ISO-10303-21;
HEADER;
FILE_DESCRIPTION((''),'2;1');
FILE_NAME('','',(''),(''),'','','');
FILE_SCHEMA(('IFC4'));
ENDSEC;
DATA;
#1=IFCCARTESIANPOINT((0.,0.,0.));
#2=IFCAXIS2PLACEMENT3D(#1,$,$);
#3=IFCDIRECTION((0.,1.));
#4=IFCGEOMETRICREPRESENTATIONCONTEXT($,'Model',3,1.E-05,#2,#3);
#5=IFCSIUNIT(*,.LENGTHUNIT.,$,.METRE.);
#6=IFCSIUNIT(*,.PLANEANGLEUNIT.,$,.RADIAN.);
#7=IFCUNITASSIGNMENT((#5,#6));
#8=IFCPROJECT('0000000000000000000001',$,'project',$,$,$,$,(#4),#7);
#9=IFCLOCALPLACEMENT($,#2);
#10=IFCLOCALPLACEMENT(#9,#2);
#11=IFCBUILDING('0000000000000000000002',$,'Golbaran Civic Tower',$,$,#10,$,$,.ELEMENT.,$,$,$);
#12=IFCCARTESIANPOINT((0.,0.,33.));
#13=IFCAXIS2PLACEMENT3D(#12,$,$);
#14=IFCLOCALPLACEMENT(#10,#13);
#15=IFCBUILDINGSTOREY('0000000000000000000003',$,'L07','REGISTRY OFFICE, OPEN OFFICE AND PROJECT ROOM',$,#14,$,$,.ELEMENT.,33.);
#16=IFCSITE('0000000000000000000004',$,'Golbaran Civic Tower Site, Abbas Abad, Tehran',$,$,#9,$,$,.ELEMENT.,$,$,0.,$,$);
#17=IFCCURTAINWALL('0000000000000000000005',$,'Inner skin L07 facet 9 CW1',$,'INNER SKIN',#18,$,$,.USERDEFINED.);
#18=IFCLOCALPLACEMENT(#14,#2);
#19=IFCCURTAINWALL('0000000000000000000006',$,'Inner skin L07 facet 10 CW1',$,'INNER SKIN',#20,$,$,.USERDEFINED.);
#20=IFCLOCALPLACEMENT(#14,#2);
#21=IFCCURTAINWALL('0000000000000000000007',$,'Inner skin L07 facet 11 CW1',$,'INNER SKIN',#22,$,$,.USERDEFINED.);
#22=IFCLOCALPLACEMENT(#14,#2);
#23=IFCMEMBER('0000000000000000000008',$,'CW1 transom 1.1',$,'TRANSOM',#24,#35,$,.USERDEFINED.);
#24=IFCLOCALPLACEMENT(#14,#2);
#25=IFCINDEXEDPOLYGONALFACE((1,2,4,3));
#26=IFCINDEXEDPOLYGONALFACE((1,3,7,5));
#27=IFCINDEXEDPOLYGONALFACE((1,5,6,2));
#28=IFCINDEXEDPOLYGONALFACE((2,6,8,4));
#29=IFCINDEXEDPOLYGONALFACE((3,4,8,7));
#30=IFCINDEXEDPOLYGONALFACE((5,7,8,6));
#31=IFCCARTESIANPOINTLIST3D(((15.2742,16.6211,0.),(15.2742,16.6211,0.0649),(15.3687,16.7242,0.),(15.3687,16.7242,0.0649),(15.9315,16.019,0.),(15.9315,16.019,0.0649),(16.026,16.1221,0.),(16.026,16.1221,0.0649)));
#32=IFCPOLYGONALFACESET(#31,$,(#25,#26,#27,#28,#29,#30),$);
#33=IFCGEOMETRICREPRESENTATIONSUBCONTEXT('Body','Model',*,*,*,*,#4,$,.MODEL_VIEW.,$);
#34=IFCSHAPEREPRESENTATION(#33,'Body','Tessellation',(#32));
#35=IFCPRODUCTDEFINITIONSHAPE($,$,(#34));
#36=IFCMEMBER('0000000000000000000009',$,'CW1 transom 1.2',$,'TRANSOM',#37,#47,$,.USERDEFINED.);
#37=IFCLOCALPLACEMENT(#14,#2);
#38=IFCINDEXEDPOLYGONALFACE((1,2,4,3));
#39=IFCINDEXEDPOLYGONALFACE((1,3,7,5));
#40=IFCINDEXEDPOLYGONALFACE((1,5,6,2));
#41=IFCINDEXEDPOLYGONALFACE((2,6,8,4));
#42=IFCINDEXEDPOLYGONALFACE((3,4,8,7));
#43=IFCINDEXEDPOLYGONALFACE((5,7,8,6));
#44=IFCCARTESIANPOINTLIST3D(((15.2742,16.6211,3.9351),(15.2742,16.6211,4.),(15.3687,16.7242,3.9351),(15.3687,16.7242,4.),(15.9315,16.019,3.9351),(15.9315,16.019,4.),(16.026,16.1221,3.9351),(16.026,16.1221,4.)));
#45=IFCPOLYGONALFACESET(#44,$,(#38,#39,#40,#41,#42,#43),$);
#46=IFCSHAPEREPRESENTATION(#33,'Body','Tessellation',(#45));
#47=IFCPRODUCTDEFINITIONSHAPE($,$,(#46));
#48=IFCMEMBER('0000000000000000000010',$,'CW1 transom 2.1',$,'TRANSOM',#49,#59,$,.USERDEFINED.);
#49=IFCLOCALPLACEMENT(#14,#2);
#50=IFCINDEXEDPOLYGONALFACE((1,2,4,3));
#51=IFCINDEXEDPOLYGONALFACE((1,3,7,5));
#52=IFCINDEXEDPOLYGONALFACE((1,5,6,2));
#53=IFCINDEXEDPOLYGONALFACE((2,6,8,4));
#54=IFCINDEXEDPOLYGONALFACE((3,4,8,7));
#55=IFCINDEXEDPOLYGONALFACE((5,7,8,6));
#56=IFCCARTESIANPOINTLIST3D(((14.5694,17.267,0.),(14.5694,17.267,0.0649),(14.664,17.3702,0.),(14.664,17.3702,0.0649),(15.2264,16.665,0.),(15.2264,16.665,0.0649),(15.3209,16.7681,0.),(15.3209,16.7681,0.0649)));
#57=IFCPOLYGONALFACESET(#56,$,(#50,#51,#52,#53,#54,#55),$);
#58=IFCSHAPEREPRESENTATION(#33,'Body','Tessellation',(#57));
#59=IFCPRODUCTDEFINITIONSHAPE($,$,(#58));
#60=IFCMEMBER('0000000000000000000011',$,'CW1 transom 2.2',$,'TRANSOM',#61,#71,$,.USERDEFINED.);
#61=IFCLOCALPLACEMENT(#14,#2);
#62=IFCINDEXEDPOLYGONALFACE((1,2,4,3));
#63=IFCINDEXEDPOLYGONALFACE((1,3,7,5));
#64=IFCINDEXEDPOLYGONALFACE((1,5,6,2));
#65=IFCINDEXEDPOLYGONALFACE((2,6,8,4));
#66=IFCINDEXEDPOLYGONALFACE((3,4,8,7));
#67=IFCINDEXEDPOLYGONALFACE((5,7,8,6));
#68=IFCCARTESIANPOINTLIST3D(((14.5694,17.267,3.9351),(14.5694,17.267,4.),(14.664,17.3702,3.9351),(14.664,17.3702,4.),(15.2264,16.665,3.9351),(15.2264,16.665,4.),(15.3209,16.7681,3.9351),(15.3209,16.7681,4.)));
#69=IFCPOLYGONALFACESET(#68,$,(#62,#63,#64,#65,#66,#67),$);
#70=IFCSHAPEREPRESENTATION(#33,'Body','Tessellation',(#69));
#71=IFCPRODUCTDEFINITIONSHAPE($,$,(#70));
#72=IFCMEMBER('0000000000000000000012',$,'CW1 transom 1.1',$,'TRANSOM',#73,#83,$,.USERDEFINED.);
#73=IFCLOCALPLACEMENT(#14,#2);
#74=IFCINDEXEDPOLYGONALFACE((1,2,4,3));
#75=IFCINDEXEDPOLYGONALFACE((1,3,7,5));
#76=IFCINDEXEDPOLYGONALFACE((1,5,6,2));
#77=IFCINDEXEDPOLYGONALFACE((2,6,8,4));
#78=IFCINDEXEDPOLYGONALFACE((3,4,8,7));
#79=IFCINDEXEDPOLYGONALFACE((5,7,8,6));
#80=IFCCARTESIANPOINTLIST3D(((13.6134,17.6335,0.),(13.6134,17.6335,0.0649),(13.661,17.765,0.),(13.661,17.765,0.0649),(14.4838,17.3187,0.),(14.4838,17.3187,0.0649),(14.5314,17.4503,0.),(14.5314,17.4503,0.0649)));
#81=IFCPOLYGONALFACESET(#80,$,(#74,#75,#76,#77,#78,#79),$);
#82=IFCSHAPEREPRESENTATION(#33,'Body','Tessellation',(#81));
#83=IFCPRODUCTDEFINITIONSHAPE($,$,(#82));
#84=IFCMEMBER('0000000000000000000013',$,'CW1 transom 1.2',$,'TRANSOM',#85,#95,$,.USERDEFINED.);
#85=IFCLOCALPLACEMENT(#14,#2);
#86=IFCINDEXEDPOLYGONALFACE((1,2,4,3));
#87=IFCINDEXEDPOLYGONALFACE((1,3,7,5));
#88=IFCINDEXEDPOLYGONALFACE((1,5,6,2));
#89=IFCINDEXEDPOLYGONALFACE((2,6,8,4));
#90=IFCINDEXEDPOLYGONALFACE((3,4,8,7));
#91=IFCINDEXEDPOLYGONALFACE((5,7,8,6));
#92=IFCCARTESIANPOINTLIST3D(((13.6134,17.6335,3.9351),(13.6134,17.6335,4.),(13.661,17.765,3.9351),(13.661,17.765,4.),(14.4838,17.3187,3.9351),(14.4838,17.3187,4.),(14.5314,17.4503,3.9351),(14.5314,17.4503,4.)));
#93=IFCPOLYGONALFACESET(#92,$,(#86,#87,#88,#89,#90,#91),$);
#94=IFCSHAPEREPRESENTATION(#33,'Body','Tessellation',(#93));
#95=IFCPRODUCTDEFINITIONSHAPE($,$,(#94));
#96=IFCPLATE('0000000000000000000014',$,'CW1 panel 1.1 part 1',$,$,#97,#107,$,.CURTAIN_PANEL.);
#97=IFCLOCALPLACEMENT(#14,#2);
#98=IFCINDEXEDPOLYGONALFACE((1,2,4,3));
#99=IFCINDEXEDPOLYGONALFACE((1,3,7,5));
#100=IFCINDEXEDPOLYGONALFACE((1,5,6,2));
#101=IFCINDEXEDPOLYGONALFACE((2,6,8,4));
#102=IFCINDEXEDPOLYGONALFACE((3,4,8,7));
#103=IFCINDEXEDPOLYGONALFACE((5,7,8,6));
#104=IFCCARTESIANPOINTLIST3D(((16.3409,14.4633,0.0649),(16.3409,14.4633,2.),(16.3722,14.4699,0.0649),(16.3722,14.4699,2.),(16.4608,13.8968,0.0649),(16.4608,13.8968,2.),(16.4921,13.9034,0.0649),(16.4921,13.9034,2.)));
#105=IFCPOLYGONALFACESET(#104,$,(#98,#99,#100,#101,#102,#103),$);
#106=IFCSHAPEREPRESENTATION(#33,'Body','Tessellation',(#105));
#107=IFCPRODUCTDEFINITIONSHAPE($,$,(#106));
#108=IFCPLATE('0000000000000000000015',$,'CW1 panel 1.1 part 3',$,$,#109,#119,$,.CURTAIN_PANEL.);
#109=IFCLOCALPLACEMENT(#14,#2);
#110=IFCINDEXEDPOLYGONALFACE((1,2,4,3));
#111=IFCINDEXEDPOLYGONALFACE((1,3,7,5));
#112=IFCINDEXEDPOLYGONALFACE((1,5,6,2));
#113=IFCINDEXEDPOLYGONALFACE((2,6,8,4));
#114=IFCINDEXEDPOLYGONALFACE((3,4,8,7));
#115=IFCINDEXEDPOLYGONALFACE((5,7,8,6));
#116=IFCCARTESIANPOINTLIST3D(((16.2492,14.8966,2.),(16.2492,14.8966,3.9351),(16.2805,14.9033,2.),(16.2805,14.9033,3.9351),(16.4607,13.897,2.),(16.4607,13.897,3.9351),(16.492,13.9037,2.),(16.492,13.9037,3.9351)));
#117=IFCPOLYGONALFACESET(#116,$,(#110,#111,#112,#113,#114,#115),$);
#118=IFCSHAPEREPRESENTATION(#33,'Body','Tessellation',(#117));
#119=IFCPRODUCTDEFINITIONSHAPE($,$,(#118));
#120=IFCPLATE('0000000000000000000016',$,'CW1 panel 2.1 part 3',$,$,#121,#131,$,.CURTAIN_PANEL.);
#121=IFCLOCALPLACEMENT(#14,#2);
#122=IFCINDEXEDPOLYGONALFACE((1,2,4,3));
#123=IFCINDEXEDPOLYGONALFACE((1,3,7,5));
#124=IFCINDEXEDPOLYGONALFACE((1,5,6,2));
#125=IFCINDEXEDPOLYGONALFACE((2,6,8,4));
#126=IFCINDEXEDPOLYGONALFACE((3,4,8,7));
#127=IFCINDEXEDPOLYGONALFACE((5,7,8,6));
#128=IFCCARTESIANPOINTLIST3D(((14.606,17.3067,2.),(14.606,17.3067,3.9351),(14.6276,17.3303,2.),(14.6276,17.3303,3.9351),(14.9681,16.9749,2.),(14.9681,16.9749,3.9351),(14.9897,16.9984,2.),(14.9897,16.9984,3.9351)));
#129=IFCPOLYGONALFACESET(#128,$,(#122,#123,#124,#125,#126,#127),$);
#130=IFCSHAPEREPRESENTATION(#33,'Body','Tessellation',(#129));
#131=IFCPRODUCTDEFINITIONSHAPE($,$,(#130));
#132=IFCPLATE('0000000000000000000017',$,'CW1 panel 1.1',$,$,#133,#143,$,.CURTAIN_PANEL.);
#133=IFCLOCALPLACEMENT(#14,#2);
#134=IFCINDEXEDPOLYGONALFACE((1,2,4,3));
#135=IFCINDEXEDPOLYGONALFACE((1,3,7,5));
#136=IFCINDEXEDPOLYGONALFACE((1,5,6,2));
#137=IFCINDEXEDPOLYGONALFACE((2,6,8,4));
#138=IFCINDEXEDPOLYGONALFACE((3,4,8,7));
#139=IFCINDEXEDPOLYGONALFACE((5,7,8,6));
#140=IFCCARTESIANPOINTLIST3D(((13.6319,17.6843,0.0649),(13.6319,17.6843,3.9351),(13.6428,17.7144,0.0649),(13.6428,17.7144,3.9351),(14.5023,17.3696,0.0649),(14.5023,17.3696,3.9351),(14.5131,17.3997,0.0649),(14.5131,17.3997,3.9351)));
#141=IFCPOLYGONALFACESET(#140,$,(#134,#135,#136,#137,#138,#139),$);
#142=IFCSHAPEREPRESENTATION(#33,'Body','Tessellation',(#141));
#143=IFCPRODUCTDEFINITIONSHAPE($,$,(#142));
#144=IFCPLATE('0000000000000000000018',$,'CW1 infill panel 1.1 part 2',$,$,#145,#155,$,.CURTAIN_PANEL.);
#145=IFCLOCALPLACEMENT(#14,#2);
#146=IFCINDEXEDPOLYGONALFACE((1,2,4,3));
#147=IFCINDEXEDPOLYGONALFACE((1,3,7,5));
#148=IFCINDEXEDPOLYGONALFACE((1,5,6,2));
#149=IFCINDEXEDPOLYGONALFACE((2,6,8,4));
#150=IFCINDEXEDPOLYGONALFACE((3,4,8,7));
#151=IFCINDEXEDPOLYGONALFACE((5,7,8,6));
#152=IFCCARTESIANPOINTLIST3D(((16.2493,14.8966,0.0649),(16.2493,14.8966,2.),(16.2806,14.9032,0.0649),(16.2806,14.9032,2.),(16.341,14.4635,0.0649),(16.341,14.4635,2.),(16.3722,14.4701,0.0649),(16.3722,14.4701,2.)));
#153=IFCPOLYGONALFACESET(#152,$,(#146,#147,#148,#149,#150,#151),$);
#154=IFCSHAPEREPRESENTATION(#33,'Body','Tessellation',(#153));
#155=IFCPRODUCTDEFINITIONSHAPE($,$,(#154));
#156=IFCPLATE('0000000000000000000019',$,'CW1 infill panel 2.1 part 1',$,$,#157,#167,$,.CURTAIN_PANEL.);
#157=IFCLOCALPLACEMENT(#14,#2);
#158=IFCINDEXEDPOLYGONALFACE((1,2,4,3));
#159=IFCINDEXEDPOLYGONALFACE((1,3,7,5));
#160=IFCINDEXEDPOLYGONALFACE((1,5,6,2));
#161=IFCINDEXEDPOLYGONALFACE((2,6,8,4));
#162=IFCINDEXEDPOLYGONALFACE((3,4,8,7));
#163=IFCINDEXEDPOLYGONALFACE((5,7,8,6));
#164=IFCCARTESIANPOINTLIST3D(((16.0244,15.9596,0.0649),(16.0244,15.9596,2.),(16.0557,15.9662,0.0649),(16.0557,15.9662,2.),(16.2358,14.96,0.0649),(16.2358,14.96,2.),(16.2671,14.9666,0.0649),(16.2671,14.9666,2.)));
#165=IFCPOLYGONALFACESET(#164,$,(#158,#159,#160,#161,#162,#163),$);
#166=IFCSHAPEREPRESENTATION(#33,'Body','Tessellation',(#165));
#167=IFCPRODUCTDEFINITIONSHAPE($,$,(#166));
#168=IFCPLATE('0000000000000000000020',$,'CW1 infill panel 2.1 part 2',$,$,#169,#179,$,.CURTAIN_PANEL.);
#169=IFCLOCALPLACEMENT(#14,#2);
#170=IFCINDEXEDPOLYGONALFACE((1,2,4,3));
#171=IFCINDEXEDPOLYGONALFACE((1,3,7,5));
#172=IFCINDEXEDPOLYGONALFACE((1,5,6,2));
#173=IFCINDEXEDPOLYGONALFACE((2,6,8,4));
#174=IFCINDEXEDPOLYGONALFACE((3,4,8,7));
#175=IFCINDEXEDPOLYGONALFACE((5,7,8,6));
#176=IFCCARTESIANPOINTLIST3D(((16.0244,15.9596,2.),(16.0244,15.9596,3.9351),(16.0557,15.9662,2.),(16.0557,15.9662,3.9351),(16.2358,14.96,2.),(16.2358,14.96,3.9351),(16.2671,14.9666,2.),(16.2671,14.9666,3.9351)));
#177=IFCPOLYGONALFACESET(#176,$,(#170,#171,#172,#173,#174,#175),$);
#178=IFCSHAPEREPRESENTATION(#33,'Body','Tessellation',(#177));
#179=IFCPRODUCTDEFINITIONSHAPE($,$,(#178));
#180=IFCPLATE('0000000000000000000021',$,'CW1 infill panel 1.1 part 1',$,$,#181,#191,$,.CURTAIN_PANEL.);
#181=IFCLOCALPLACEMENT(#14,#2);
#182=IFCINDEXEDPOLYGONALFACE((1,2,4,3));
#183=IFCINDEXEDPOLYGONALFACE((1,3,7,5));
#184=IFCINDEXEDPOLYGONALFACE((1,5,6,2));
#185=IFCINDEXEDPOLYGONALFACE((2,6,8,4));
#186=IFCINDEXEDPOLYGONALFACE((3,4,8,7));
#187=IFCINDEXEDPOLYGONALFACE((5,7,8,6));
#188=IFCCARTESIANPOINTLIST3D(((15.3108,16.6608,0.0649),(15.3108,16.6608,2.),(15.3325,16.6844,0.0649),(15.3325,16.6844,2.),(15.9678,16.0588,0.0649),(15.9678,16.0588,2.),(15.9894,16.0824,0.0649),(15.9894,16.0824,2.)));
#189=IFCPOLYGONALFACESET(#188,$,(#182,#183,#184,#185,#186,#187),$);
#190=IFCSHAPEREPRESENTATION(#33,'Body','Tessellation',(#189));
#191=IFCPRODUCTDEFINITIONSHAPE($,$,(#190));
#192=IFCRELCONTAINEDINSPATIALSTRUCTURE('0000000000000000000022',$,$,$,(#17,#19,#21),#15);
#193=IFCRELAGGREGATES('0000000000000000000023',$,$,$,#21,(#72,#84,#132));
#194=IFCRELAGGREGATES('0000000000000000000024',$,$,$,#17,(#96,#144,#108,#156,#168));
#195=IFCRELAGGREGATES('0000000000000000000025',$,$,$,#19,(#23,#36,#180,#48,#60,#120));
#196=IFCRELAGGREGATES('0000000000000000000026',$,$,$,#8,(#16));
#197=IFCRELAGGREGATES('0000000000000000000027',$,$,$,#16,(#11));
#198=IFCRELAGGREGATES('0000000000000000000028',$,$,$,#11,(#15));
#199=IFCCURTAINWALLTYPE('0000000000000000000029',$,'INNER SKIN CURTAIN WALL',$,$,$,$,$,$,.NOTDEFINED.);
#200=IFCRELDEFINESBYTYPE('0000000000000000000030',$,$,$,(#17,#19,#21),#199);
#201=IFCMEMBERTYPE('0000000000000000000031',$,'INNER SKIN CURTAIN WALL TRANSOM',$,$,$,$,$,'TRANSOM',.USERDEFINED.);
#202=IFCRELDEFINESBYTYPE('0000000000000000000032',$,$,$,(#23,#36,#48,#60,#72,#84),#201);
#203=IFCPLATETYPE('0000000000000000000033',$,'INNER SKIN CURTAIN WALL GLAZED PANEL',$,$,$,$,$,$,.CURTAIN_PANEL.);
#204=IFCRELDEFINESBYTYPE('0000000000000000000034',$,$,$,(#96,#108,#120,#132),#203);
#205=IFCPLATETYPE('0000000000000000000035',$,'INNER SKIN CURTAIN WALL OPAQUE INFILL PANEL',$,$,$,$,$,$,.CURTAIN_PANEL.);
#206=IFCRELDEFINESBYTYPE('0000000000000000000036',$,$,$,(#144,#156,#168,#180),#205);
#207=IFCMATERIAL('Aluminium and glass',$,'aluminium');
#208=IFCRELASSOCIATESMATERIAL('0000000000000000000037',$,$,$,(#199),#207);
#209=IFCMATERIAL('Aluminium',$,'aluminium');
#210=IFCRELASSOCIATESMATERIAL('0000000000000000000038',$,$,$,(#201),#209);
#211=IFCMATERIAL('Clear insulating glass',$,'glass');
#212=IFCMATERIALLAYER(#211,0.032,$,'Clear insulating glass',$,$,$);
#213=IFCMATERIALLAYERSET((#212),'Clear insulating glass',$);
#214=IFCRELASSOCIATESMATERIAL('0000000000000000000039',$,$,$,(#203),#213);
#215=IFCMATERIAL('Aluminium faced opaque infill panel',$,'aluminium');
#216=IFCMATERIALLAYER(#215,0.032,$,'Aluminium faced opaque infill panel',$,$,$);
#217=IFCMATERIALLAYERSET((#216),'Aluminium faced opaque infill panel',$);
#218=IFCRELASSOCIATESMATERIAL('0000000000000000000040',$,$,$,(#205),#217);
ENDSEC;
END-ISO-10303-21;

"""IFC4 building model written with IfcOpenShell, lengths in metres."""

from ifc_helpers import new_model, si_unit, direction, frame, origin, origin_2d, place, context, subcontext, project, spatial, rectangle, extrude, material, layer, layer_set, material_profile, profile_set, type_object, element, aggregate, save


model = new_model("IFC4")

# Units and contexts
model_context = context("Model", 3, precision=1e-05, world=origin(), true_north=direction((0.0, 1.0)))
body_context = subcontext(model_context, "Body", "Model", "MODEL_VIEW")
ifc_project = project(units=[si_unit("LENGTHUNIT", "METRE"), si_unit("PLANEANGLEUNIT", "RADIAN")], contexts=[model_context])

# Site, building, storey
site_placement = place(None, origin())
site = spatial("IfcSite", under=ifc_project, at=site_placement, Name="Golbaran Civic Tower Site, Abbas Abad, Tehran", CompositionType="ELEMENT", RefElevation=0.0)
building_placement = place(site_placement, origin())
building = spatial("IfcBuilding", under=site, at=building_placement, Name="Golbaran Civic Tower", CompositionType="ELEMENT")
storey_placement = place(building_placement, frame((0.0, 0.0, 33.0)))
storey = spatial("IfcBuildingStorey", under=building, at=storey_placement, Name="L07", Description="REGISTRY OFFICE, OPEN OFFICE AND PROJECT ROOM", CompositionType="ELEMENT", Elevation=33.0)

# Curtain walls
ifc_material_1 = material(Name="Aluminium and glass", Category="aluminium")
curtain_wall_type = type_object("IfcCurtainWallType", Name="INNER SKIN CURTAIN WALL", PredefinedType="NOTDEFINED", material=ifc_material_1)
curtain_wall_1_placement = place(storey_placement, origin())
curtain_wall_1 = element("IfcCurtainWall", 1, at=curtain_wall_1_placement, inside=storey, type_object=curtain_wall_type, Name="Inner skin L07 facet 9 CW1", ObjectType="INNER SKIN", PredefinedType="USERDEFINED")
ifc_material_2 = material(Name="Aluminium", Category="aluminium")
curtain_wall_2_placement = place(storey_placement, origin())
curtain_wall_2 = element("IfcCurtainWall", 2, at=curtain_wall_2_placement, inside=storey, type_object=curtain_wall_type, Name="Inner skin L07 facet 10 CW1", ObjectType="INNER SKIN", PredefinedType="USERDEFINED")
curtain_wall_3_placement = place(storey_placement, origin())
curtain_wall_3 = element("IfcCurtainWall", 3, at=curtain_wall_3_placement, inside=storey, type_object=curtain_wall_type, Name="Inner skin L07 facet 11 CW1", ObjectType="INNER SKIN", PredefinedType="USERDEFINED")

# Members
ifc_material_profile_1 = material_profile(ifc_material_2, rectangle(XDim=0.1399, YDim=0.0649, at=origin_2d()), Name="INNER SKIN CURTAIN WALL TRANSOM")
ifc_profile_set_1 = profile_set([ifc_material_profile_1], Name="Aluminium")
member_type_1 = type_object("IfcMemberType", Name="INNER SKIN CURTAIN WALL TRANSOM", ElementType="TRANSOM", PredefinedType="USERDEFINED", material=ifc_profile_set_1)
member_1_placement = place(storey_placement, frame((15.9788, 16.0706, 0.0325), z_axis=(-0.737382, 0.675477, 0.0), x_axis=(-0.675477, -0.737382, 0.0)))
member_1 = element("IfcMember", 4, at=member_1_placement, type_object=member_type_1, Name="CW1 transom 1.1", ObjectType="TRANSOM", PredefinedType="USERDEFINED", context=body_context, shape_type="SweptSolid", body=[
    extrude(rectangle(XDim=0.1399, YDim=0.0649, at=origin_2d()), origin(), (0.0, 0.0, 1.0), 0.8914),
])
member_2_placement = place(storey_placement, frame((15.9788, 16.0706, 3.9675), z_axis=(-0.737382, 0.675477, 0.0), x_axis=(-0.675477, -0.737382, 0.0)))
member_2 = element("IfcMember", 5, at=member_2_placement, type_object=member_type_1, Name="CW1 transom 1.2", ObjectType="TRANSOM", PredefinedType="USERDEFINED", context=body_context, shape_type="SweptSolid", body=[
    extrude(rectangle(XDim=0.1399, YDim=0.0649, at=origin_2d()), origin(), (0.0, 0.0, 1.0), 0.8914),
])
member_3_placement = place(storey_placement, frame((15.2737, 16.7166, 0.0325), z_axis=(-0.737256, 0.675613, 0.0), x_axis=(-0.675613, -0.737256, 0.0)))
member_3 = element("IfcMember", 6, at=member_3_placement, type_object=member_type_1, Name="CW1 transom 2.1", ObjectType="TRANSOM", PredefinedType="USERDEFINED", context=body_context, shape_type="SweptSolid", body=[
    extrude(rectangle(XDim=0.1399, YDim=0.0649, at=origin_2d()), origin(), (0.0, 0.0, 1.0), 0.8911),
])
member_4_placement = place(storey_placement, frame((15.2737, 16.7166, 3.9675), z_axis=(-0.737256, 0.675613, 0.0), x_axis=(-0.675613, -0.737256, 0.0)))
member_4 = element("IfcMember", 7, at=member_4_placement, type_object=member_type_1, Name="CW1 transom 2.2", ObjectType="TRANSOM", PredefinedType="USERDEFINED", context=body_context, shape_type="SweptSolid", body=[
    extrude(rectangle(XDim=0.1399, YDim=0.0649, at=origin_2d()), origin(), (0.0, 0.0, 1.0), 0.8911),
])
member_5_placement = place(storey_placement, frame((14.5076, 17.3845, 0.0325), z_axis=(-0.940416, 0.340027, 0.0), x_axis=(-0.340027, -0.940416, 0.0)))
member_5 = element("IfcMember", 8, at=member_5_placement, type_object=member_type_1, Name="CW1 transom 1.1", ObjectType="TRANSOM", PredefinedType="USERDEFINED", context=body_context, shape_type="SweptSolid", body=[
    extrude(rectangle(XDim=0.1399, YDim=0.0649, at=origin_2d()), origin(), (0.0, 0.0, 1.0), 0.9255),
])
member_6_placement = place(storey_placement, frame((14.5076, 17.3845, 3.9675), z_axis=(-0.940416, 0.340027, 0.0), x_axis=(-0.340027, -0.940416, 0.0)))
member_6 = element("IfcMember", 9, at=member_6_placement, type_object=member_type_1, Name="CW1 transom 1.2", ObjectType="TRANSOM", PredefinedType="USERDEFINED", context=body_context, shape_type="SweptSolid", body=[
    extrude(rectangle(XDim=0.1399, YDim=0.0649, at=origin_2d()), origin(), (0.0, 0.0, 1.0), 0.9255),
])

# Plates
ifc_material_3 = material(Name="Clear insulating glass", Category="glass")
ifc_layer_1 = layer(ifc_material_3, 0.032, Name="Clear insulating glass")
ifc_layer_set_1 = layer_set([ifc_layer_1], Name="Clear insulating glass")
plate_type_1 = type_object("IfcPlateType", Name="INNER SKIN CURTAIN WALL GLAZED PANEL", PredefinedType="CURTAIN_PANEL", material=ifc_layer_set_1)
plate_1_placement = place(storey_placement, frame((16.4165, 14.1833, 0.0649), z_axis=(0.0, 0.0, 1.0), x_axis=(-0.206977, 0.978346, 0.0)))
plate_1 = element("IfcPlate", 10, at=plate_1_placement, type_object=plate_type_1, Name="CW1 panel 1.1 part 1", PredefinedType="CURTAIN_PANEL", context=body_context, shape_type="SweptSolid", body=[
    extrude(rectangle(XDim=0.5791, YDim=0.032, at=origin_2d()), origin(), (0.0, 0.0, 1.0), 1.9351),
])
plate_2_placement = place(storey_placement, frame((16.3706, 14.4001, 2.0), z_axis=(0.0, 0.0, 1.0), x_axis=(-0.206977, 0.978346, 0.0)))
plate_2 = element("IfcPlate", 11, at=plate_2_placement, type_object=plate_type_1, Name="CW1 panel 1.1 part 3", PredefinedType="CURTAIN_PANEL", context=body_context, shape_type="SweptSolid", body=[
    extrude(rectangle(XDim=1.0217, YDim=0.032, at=origin_2d()), origin(), (0.0, 0.0, 1.0), 1.9351),
])
plate_3_placement = place(storey_placement, frame((14.7979, 17.1526, 2.0), z_axis=(0.0, 0.0, 1.0), x_axis=(-0.737277, 0.67559, 0.0)))
plate_3 = element("IfcPlate", 12, at=plate_3_placement, type_object=plate_type_1, Name="CW1 panel 2.1 part 3", PredefinedType="CURTAIN_PANEL", context=body_context, shape_type="SweptSolid", body=[
    extrude(rectangle(XDim=0.4912, YDim=0.032, at=origin_2d()), origin(), (0.0, 0.0, 1.0), 1.9351),
])
plate_4_placement = place(storey_placement, frame((14.0725, 17.542, 0.0649), z_axis=(0.0, 0.0, 1.0), x_axis=(-0.940409, 0.340045, 0.0)))
plate_4 = element("IfcPlate", 13, at=plate_4_placement, type_object=plate_type_1, Name="CW1 panel 1.1", PredefinedType="CURTAIN_PANEL", context=body_context, shape_type="SweptSolid", body=[
    extrude(rectangle(XDim=0.9255, YDim=0.032, at=origin_2d()), origin(), (0.0, 0.0, 1.0), 3.8701),
])
aggregate(curtain_wall_3, [member_5, member_6, plate_4])
ifc_material_4 = material(Name="Aluminium faced opaque infill panel", Category="aluminium")
ifc_layer_2 = layer(ifc_material_4, 0.032, Name="Aluminium faced opaque infill panel")
ifc_layer_set_2 = layer_set([ifc_layer_2], Name="Aluminium faced opaque infill panel")
plate_type_2 = type_object("IfcPlateType", Name="INNER SKIN CURTAIN WALL OPAQUE INFILL PANEL", PredefinedType="CURTAIN_PANEL", material=ifc_layer_set_2)
plate_5_placement = place(storey_placement, frame((16.3108, 14.6833, 0.0649), z_axis=(0.0, 0.0, 1.0), x_axis=(-0.206977, 0.978346, 0.0)))
plate_5 = element("IfcPlate", 14, at=plate_5_placement, type_object=plate_type_2, Name="CW1 infill panel 1.1 part 2", PredefinedType="CURTAIN_PANEL", context=body_context, shape_type="SweptSolid", body=[
    extrude(rectangle(XDim=0.4426, YDim=0.032, at=origin_2d()), origin(), (0.0, 0.0, 1.0), 1.9351),
])
plate_6_placement = place(storey_placement, frame((16.1458, 15.4631, 0.0649), z_axis=(0.0, 0.0, 1.0), x_axis=(-0.206977, 0.978346, 0.0)))
plate_6 = element("IfcPlate", 15, at=plate_6_placement, type_object=plate_type_2, Name="CW1 infill panel 2.1 part 1", PredefinedType="CURTAIN_PANEL", context=body_context, shape_type="SweptSolid", body=[
    extrude(rectangle(XDim=1.0217, YDim=0.032, at=origin_2d()), origin(), (0.0, 0.0, 1.0), 1.9351),
])
plate_7_placement = place(storey_placement, frame((16.1458, 15.4631, 2.0), z_axis=(0.0, 0.0, 1.0), x_axis=(-0.206977, 0.978346, 0.0)))
plate_7 = element("IfcPlate", 16, at=plate_7_placement, type_object=plate_type_2, Name="CW1 infill panel 2.1 part 2", PredefinedType="CURTAIN_PANEL", context=body_context, shape_type="SweptSolid", body=[
    extrude(rectangle(XDim=1.0217, YDim=0.032, at=origin_2d()), origin(), (0.0, 0.0, 1.0), 1.9351),
])
aggregate(curtain_wall_1, [plate_1, plate_5, plate_2, plate_6, plate_7])
plate_8_placement = place(storey_placement, frame((15.6501, 16.3716, 0.0649), z_axis=(0.0, 0.0, 1.0), x_axis=(-0.737277, 0.67559, 0.0)))
plate_8 = element("IfcPlate", 17, at=plate_8_placement, type_object=plate_type_2, Name="CW1 infill panel 1.1 part 1", PredefinedType="CURTAIN_PANEL", context=body_context, shape_type="SweptSolid", body=[
    extrude(rectangle(XDim=0.8911, YDim=0.032, at=origin_2d()), origin(), (0.0, 0.0, 1.0), 1.9351),
])
aggregate(curtain_wall_2, [member_1, member_2, plate_8, member_3, member_4, plate_3])

save(model, "model.ifc")
